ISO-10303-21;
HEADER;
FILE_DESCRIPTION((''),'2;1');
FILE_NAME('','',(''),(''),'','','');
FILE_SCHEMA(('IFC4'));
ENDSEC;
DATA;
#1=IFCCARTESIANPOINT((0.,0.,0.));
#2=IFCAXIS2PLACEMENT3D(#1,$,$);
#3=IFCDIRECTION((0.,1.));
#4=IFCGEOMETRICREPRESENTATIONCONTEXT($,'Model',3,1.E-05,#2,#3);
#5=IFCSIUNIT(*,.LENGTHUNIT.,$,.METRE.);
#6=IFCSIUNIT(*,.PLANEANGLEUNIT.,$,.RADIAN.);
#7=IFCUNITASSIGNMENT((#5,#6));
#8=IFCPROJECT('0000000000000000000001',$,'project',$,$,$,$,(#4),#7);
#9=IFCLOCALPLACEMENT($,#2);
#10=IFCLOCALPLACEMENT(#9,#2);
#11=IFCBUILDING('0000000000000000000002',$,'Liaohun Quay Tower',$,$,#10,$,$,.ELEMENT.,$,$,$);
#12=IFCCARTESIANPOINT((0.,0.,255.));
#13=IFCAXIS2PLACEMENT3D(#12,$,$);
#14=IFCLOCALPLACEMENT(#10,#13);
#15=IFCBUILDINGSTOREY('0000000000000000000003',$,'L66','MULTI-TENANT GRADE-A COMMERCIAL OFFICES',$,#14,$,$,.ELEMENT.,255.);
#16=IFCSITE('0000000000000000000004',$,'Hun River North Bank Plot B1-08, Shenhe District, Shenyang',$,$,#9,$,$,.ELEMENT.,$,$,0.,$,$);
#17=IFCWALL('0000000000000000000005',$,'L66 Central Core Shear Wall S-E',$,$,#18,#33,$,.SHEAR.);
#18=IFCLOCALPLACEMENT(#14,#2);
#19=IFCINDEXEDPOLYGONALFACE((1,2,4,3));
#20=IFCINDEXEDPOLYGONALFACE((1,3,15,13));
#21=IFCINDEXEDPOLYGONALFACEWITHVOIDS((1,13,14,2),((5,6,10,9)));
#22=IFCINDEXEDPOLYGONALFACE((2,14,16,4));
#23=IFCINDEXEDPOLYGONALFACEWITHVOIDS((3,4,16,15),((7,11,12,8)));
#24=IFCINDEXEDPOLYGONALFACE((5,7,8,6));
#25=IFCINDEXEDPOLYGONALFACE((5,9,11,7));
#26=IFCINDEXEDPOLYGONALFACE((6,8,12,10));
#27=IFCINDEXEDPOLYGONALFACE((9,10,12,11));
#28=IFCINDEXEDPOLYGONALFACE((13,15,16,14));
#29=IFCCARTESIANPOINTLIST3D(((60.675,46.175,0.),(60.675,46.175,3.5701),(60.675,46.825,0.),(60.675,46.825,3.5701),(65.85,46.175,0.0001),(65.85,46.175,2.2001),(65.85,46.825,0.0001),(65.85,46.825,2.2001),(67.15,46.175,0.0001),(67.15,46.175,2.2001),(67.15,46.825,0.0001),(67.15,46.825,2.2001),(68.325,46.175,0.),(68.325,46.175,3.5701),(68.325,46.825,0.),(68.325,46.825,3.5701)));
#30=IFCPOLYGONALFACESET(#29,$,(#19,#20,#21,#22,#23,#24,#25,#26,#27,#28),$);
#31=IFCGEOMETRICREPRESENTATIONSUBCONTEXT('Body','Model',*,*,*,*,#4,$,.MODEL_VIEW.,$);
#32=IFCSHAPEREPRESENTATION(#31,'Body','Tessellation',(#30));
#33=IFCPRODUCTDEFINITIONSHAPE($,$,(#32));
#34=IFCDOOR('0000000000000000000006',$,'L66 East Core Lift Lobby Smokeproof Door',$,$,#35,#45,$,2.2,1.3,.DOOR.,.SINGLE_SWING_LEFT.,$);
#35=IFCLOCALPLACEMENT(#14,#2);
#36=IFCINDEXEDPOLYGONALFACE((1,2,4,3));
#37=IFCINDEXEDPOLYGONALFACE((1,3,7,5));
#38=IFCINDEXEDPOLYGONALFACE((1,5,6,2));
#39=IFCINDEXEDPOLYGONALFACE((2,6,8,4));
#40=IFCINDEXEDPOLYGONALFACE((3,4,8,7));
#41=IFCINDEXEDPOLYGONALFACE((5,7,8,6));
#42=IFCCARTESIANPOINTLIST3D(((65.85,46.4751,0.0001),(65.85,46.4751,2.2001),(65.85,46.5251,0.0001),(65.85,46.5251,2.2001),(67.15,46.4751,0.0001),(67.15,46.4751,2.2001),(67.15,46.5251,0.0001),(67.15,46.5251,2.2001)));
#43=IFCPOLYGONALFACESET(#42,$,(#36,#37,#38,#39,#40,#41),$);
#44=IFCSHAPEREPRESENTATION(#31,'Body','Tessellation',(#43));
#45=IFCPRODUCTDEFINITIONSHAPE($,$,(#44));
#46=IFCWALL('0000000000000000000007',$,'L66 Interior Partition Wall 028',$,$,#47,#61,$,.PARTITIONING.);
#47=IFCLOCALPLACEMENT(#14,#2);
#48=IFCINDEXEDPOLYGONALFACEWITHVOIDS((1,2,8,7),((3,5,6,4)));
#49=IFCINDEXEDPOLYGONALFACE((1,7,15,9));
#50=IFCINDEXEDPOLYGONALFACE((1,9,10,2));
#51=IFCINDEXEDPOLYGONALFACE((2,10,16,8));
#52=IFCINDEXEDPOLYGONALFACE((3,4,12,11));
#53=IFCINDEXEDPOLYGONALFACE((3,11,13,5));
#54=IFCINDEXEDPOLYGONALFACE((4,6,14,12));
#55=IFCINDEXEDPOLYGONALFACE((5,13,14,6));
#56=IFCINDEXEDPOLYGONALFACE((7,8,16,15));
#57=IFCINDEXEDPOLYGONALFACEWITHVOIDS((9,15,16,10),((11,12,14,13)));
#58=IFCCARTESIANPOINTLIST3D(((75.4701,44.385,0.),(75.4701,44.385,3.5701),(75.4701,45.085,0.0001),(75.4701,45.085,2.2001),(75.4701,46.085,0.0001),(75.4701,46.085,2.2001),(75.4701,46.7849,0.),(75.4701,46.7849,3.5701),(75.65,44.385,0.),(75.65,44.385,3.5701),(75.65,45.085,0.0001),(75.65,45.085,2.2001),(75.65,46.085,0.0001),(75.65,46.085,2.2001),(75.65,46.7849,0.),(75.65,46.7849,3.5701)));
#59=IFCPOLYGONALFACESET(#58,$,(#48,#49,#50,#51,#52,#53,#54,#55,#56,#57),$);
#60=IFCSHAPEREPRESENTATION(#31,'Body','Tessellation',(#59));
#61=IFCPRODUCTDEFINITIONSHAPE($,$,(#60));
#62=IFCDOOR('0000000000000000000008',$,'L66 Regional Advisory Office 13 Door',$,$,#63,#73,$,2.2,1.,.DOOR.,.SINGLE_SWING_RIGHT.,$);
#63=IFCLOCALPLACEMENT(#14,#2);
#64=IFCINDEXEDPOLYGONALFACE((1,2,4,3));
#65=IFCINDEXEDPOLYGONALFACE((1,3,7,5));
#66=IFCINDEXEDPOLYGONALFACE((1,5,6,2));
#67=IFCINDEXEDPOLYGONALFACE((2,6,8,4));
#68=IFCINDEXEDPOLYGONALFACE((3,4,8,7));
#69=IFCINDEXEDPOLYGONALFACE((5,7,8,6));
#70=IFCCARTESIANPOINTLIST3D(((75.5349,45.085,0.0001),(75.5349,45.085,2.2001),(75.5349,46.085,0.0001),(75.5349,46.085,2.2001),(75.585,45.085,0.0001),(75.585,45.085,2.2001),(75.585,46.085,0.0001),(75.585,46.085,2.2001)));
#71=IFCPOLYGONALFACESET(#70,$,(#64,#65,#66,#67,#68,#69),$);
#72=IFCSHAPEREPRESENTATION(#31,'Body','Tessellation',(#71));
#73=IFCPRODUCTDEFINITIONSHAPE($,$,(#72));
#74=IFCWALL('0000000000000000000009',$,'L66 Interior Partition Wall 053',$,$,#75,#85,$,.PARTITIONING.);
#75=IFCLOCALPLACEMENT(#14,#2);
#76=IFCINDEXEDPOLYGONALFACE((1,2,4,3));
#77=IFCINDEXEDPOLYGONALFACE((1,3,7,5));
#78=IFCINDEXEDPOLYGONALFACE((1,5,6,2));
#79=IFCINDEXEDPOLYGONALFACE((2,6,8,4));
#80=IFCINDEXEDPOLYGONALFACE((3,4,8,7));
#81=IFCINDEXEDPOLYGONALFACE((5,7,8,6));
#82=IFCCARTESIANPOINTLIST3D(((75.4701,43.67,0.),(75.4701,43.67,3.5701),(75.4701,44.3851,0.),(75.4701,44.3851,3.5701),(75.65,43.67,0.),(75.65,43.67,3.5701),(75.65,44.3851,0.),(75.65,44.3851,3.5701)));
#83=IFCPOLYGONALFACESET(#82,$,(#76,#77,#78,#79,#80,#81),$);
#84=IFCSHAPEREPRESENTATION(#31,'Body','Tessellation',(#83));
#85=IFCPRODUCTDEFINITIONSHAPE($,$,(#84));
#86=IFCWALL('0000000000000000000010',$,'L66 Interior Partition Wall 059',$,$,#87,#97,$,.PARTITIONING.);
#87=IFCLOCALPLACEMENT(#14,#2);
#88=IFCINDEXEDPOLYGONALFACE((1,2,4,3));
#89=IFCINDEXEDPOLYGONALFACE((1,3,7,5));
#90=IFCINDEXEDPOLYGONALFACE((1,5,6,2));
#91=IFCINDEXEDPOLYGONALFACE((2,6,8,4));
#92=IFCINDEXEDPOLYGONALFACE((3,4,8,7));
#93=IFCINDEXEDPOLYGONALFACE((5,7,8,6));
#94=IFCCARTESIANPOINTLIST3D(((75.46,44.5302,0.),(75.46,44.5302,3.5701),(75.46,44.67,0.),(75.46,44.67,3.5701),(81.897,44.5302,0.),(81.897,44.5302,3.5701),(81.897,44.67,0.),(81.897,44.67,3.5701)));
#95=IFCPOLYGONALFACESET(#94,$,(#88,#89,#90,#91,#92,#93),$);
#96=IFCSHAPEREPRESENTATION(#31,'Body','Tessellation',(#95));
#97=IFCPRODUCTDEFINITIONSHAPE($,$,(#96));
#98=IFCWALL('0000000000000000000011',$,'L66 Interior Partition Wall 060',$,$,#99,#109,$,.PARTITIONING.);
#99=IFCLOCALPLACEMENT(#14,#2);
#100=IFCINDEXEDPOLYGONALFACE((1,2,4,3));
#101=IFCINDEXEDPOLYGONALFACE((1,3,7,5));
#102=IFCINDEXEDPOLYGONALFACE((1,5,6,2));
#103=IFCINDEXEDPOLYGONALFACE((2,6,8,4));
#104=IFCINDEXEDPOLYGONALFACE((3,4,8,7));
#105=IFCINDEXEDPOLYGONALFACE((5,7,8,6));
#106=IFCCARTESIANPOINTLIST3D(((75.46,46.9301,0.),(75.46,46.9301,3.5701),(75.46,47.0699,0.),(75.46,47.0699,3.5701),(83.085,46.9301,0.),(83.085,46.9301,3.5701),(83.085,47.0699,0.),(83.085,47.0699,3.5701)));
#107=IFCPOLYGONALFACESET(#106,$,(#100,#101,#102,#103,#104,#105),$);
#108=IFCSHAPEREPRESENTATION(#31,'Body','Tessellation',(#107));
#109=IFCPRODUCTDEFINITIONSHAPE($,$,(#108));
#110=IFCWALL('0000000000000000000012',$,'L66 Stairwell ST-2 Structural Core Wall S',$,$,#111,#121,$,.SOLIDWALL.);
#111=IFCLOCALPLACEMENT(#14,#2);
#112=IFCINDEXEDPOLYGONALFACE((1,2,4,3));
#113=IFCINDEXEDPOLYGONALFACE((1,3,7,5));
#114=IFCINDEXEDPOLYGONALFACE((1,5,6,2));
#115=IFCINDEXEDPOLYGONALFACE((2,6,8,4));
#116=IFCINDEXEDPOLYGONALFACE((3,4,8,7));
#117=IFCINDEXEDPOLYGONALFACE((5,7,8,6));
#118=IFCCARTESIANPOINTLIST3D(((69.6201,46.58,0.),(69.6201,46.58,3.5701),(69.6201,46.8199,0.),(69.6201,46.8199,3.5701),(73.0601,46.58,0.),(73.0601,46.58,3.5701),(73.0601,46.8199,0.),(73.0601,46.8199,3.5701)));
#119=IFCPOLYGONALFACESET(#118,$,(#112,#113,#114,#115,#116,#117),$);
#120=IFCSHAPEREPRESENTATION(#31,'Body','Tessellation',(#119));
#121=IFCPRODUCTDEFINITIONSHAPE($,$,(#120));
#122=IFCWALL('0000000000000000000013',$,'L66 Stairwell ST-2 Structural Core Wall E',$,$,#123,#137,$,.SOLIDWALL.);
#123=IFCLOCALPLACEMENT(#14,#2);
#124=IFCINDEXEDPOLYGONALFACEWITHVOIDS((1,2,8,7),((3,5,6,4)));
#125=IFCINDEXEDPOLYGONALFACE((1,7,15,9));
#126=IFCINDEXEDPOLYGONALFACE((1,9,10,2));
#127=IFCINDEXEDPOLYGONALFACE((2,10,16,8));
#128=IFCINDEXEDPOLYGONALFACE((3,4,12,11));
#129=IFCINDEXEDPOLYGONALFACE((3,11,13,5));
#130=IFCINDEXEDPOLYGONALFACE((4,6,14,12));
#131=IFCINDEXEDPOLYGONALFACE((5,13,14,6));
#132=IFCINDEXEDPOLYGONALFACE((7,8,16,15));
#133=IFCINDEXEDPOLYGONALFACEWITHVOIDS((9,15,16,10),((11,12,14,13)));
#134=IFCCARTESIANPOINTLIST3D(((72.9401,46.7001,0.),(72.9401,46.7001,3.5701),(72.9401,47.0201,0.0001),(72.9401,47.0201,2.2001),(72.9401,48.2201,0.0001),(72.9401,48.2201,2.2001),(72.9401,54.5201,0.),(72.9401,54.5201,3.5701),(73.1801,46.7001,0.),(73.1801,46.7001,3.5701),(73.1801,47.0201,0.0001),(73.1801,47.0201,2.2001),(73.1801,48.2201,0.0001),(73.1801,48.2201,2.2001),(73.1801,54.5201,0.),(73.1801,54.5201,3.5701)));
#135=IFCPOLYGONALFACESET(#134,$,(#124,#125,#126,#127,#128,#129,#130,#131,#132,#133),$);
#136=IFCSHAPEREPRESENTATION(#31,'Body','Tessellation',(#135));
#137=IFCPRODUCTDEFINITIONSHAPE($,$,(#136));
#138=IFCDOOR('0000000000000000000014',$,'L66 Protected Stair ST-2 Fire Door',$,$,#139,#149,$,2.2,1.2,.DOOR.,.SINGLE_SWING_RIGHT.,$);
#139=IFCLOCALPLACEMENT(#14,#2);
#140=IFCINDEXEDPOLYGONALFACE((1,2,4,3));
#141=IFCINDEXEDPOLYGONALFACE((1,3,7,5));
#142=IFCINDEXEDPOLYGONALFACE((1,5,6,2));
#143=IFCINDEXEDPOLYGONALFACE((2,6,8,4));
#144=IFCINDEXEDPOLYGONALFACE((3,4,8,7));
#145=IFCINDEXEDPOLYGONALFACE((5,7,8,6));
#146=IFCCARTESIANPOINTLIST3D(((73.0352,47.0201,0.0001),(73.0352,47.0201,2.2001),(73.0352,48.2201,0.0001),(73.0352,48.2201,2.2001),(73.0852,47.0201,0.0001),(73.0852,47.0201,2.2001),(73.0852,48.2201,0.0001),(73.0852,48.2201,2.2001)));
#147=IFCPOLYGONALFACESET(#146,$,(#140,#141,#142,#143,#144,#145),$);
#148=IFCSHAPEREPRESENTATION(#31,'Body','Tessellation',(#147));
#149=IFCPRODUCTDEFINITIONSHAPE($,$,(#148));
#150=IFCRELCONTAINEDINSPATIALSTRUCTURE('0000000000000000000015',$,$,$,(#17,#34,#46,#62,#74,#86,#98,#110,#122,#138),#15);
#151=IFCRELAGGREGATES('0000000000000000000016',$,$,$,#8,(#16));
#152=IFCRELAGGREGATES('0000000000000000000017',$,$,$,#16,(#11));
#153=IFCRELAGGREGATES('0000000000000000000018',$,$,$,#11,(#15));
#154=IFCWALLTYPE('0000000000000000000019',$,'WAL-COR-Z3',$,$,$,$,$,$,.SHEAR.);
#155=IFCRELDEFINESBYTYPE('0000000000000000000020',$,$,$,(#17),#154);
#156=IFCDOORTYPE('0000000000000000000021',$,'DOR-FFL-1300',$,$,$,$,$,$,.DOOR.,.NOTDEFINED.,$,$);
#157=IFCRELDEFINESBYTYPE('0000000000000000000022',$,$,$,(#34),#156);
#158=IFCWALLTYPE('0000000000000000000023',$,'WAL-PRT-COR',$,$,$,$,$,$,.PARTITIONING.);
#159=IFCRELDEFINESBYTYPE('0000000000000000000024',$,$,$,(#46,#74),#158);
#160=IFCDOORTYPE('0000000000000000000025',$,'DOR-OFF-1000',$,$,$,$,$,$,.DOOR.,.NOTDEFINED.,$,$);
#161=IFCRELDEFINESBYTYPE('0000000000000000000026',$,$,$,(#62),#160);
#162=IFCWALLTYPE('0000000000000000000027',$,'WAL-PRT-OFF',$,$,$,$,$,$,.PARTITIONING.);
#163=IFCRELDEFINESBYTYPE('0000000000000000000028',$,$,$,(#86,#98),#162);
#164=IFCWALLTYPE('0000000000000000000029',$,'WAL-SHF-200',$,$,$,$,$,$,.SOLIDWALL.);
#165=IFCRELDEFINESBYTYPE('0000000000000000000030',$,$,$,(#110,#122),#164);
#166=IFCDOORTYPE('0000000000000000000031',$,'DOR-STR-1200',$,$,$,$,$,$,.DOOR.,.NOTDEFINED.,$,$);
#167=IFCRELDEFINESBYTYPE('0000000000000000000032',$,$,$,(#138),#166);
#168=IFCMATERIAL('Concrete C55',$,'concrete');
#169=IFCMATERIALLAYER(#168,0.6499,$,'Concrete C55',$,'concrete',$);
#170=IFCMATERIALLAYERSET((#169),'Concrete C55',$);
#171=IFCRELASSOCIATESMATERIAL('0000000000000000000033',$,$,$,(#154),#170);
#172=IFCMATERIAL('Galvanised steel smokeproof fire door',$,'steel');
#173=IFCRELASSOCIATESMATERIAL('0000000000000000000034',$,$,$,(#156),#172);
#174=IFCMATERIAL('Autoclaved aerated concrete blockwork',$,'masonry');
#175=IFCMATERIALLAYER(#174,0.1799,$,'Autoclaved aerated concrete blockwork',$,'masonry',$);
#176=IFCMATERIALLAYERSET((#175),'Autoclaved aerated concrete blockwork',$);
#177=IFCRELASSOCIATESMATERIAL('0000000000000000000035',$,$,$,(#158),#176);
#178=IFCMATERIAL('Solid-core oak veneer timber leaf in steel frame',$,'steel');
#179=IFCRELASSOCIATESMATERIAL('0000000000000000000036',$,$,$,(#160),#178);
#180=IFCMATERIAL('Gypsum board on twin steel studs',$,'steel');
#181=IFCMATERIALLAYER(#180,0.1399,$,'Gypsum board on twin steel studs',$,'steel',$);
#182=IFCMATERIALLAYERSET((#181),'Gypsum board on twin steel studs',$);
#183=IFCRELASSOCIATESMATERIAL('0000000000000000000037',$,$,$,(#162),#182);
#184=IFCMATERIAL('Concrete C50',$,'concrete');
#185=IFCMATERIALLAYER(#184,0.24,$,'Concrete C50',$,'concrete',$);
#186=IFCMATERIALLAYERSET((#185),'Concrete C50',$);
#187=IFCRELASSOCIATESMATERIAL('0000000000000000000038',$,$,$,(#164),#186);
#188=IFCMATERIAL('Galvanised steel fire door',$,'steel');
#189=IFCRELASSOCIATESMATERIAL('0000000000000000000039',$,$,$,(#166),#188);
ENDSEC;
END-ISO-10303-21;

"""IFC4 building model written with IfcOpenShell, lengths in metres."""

from ifc_helpers import new_model, si_unit, direction, frame, frame_2d, origin, place, context, subcontext, project, spatial, rectangle, extrude, source, transform, mapped, material, layer, layer_set, type_object, element, fill, save


model = new_model("IFC4")

# Units and contexts
model_context = context("Model", 3, precision=1e-05, world=origin(), true_north=direction((0.0, 1.0)))
body_context = subcontext(model_context, "Body", "Model", "MODEL_VIEW")
ifc_project = project(units=[si_unit("LENGTHUNIT", "METRE"), si_unit("PLANEANGLEUNIT", "RADIAN")], contexts=[model_context])

# Site, building, storey
site_placement = place(None, origin())
site = spatial("IfcSite", under=ifc_project, at=site_placement, Name="Hun River North Bank Plot B1-08, Shenhe District, Shenyang", CompositionType="ELEMENT", RefElevation=0.0)
building_placement = place(site_placement, origin())
building = spatial("IfcBuilding", under=site, at=building_placement, Name="Liaohun Quay Tower", CompositionType="ELEMENT")
storey_placement = place(building_placement, frame((0.0, 0.0, 255.0)))
storey = spatial("IfcBuildingStorey", under=building, at=storey_placement, Name="L66", Description="MULTI-TENANT GRADE-A COMMERCIAL OFFICES", CompositionType="ELEMENT", Elevation=255.0)

# Shared definitions
ifc_material_1 = material(Name="Concrete C55", Category="concrete")

# Walls, openings, doors
ifc_layer_1 = layer(ifc_material_1, 0.6499, Name="Concrete C55", Category="concrete")
ifc_layer_set_1 = layer_set([ifc_layer_1], Name="Concrete C55")
wall_type_1 = type_object("IfcWallType", Name="WAL-COR-Z3", PredefinedType="SHEAR", material=ifc_layer_set_1)
wall_1_placement = place(storey_placement, frame((68.325, 46.5, 0.0), z_axis=(0.0, 0.0, 1.0), x_axis=(-1.0, 0.0, 0.0)))
wall_1 = element("IfcWall", 1, at=wall_1_placement, inside=storey, type_object=wall_type_1, Name="L66 Central Core Shear Wall S-E", PredefinedType="SHEAR", context=body_context, shape_type="SweptSolid", body=[
    extrude(rectangle(XDim=7.6499, YDim=0.6499, at=frame_2d((3.825, 0.0))), origin(), (0.0, 0.0, 1.0), 3.5701),
])
shared_shape_1 = source(origin(), body_context, "Body", "SweptSolid", [
    extrude(rectangle(XDim=1.3, YDim=2.2, at=frame_2d((0.6499, 1.1001))), frame((0.0, 0.335, 0.0), z_axis=(0.0, -1.0, 0.0), x_axis=(1.0, 0.0, 0.0)), (0.0, 0.0, 1.0), 0.6699),
])
opening_1_placement = place(wall_1_placement, frame((1.175, 0.0, 0.0)))
opening_1 = element("IfcOpeningElement", 2, at=opening_1_placement, cuts=wall_1, PredefinedType="OPENING", context=body_context, shape_type="MappedRepresentation", body=[
    mapped(shared_shape_1, transform((0.0, 0.0, 0.0), x_axis=(1.0, 0.0, 0.0), y_axis=(0.0, 1.0, 0.0), z_axis=(0.0, 0.0, 1.0), scale=1.0)),
])
ifc_material_2 = material(Name="Galvanised steel smokeproof fire door", Category="steel")
door_type_1 = type_object("IfcDoorType", Name="DOR-FFL-1300", OperationType="NOTDEFINED", PredefinedType="DOOR", material=ifc_material_2)
shared_shape_2 = source(origin(), body_context, "Body", "SweptSolid", [
    extrude(rectangle(XDim=1.3, YDim=2.2, at=frame_2d((0.6499, 1.1001))), frame((0.0, 0.0249, 0.0), z_axis=(0.0, -1.0, 0.0), x_axis=(1.0, 0.0, 0.0)), (0.0, 0.0, 1.0), 0.05),
])
door_1_placement = place(opening_1_placement, origin())
door_1 = element("IfcDoor", 3, at=door_1_placement, inside=storey, type_object=door_type_1, Name="L66 East Core Lift Lobby Smokeproof Door", OperationType="SINGLE_SWING_LEFT", OverallHeight=2.2, OverallWidth=1.3, PredefinedType="DOOR", context=body_context, shape_type="MappedRepresentation", body=[
    mapped(shared_shape_2, transform((0.0, 0.0, 0.0), x_axis=(1.0, 0.0, 0.0), y_axis=(0.0, 1.0, 0.0), z_axis=(0.0, 0.0, 1.0), scale=1.0)),
])
fill(opening_1, door_1)
ifc_material_3 = material(Name="Autoclaved aerated concrete blockwork", Category="masonry")
ifc_layer_2 = layer(ifc_material_3, 0.1799, Name="Autoclaved aerated concrete blockwork", Category="masonry")
ifc_layer_set_2 = layer_set([ifc_layer_2], Name="Autoclaved aerated concrete blockwork")
wall_type_2 = type_object("IfcWallType", Name="WAL-PRT-COR", PredefinedType="PARTITIONING", material=ifc_layer_set_2)
wall_2_placement = place(storey_placement, frame((75.5601, 46.7849, 0.0), z_axis=(0.0, 0.0, 1.0), x_axis=(0.0, -1.0, 0.0)))
wall_2 = element("IfcWall", 4, at=wall_2_placement, inside=storey, type_object=wall_type_2, Name="L66 Interior Partition Wall 028", PredefinedType="PARTITIONING", context=body_context, shape_type="SweptSolid", body=[
    extrude(rectangle(XDim=2.3999, YDim=0.1799, at=frame_2d((1.2, 0.0))), origin(), (0.0, 0.0, 1.0), 3.5701),
])
shared_shape_3 = source(origin(), body_context, "Body", "SweptSolid", [
    extrude(rectangle(XDim=1.0, YDim=2.2, at=frame_2d((0.5, 1.1001))), frame((0.0, 0.0999, 0.0), z_axis=(0.0, -1.0, 0.0), x_axis=(1.0, 0.0, 0.0)), (0.0, 0.0, 1.0), 0.2),
])
opening_2_placement = place(wall_2_placement, frame((0.7, 0.0, 0.0)))
opening_2 = element("IfcOpeningElement", 5, at=opening_2_placement, cuts=wall_2, PredefinedType="OPENING", context=body_context, shape_type="MappedRepresentation", body=[
    mapped(shared_shape_3, transform((0.0, 0.0, 0.0), x_axis=(1.0, 0.0, 0.0), y_axis=(0.0, 1.0, 0.0), z_axis=(0.0, 0.0, 1.0), scale=1.0)),
])
ifc_material_4 = material(Name="Solid-core oak veneer timber leaf in steel frame", Category="steel")
door_type_2 = type_object("IfcDoorType", Name="DOR-OFF-1000", OperationType="NOTDEFINED", PredefinedType="DOOR", material=ifc_material_4)
shared_shape_4 = source(origin(), body_context, "Body", "SweptSolid", [
    extrude(rectangle(XDim=1.0, YDim=2.2, at=frame_2d((0.5, 1.1001))), frame((0.0, 0.0249, 0.0), z_axis=(0.0, -1.0, 0.0), x_axis=(1.0, 0.0, 0.0)), (0.0, 0.0, 1.0), 0.05),
])
door_2_placement = place(opening_2_placement, origin())
door_2 = element("IfcDoor", 6, at=door_2_placement, inside=storey, type_object=door_type_2, Name="L66 Regional Advisory Office 13 Door", OperationType="SINGLE_SWING_RIGHT", OverallHeight=2.2, OverallWidth=1.0, PredefinedType="DOOR", context=body_context, shape_type="MappedRepresentation", body=[
    mapped(shared_shape_4, transform((0.0, 0.0, 0.0), x_axis=(1.0, 0.0, 0.0), y_axis=(0.0, 1.0, 0.0), z_axis=(0.0, 0.0, 1.0), scale=1.0)),
])
fill(opening_2, door_2)

# Walls
wall_3_placement = place(storey_placement, frame((75.5601, 44.385, 0.0), z_axis=(0.0, 0.0, 1.0), x_axis=(0.0, -1.0, 0.0)))
element("IfcWall", 7, at=wall_3_placement, inside=storey, type_object=wall_type_2, Name="L66 Interior Partition Wall 053", PredefinedType="PARTITIONING", context=body_context, shape_type="SweptSolid", body=[
    extrude(rectangle(XDim=0.7151, YDim=0.1799, at=frame_2d((0.3574, 0.0))), origin(), (0.0, 0.0, 1.0), 3.5701),
])
ifc_material_5 = material(Name="Gypsum board on twin steel studs", Category="steel")
ifc_layer_3 = layer(ifc_material_5, 0.1399, Name="Gypsum board on twin steel studs", Category="steel")
ifc_layer_set_3 = layer_set([ifc_layer_3], Name="Gypsum board on twin steel studs")
wall_type_3 = type_object("IfcWallType", Name="WAL-PRT-OFF", PredefinedType="PARTITIONING", material=ifc_layer_set_3)
wall_4_placement = place(storey_placement, frame((75.46, 44.6001, 0.0), z_axis=(0.0, 0.0, 1.0), x_axis=(1.0, 0.0, 0.0)))
element("IfcWall", 8, at=wall_4_placement, inside=storey, type_object=wall_type_3, Name="L66 Interior Partition Wall 059", PredefinedType="PARTITIONING", context=body_context, shape_type="SweptSolid", body=[
    extrude(rectangle(XDim=6.437, YDim=0.1399, at=frame_2d((3.2185, 0.0))), origin(), (0.0, 0.0, 1.0), 3.5701),
])
wall_5_placement = place(storey_placement, frame((75.46, 47.0, 0.0), z_axis=(0.0, 0.0, 1.0), x_axis=(1.0, 0.0, 0.0)))
element("IfcWall", 9, at=wall_5_placement, inside=storey, type_object=wall_type_3, Name="L66 Interior Partition Wall 060", PredefinedType="PARTITIONING", context=body_context, shape_type="SweptSolid", body=[
    extrude(rectangle(XDim=7.625, YDim=0.1399, at=frame_2d((3.8125, 0.0))), origin(), (0.0, 0.0, 1.0), 3.5701),
])
ifc_material_6 = material(Name="Concrete C50", Category="concrete")
ifc_layer_4 = layer(ifc_material_6, 0.24, Name="Concrete C50", Category="concrete")
ifc_layer_set_4 = layer_set([ifc_layer_4], Name="Concrete C50")
wall_type_4 = type_object("IfcWallType", Name="WAL-SHF-200", PredefinedType="SOLIDWALL", material=ifc_layer_set_4)
wall_6_placement = place(storey_placement, frame((69.6201, 46.7, 0.0), z_axis=(0.0, 0.0, 1.0), x_axis=(1.0, 0.0, 0.0)))
element("IfcWall", 10, at=wall_6_placement, inside=storey, type_object=wall_type_4, Name="L66 Stairwell ST-2 Structural Core Wall S", PredefinedType="SOLIDWALL", context=body_context, shape_type="SweptSolid", body=[
    extrude(rectangle(XDim=3.4399, YDim=0.24, at=frame_2d((1.72, 0.0))), origin(), (0.0, 0.0, 1.0), 3.5701),
])

# Wall, opening, door
wall_7_placement = place(storey_placement, frame((73.0601, 46.7, 0.0), z_axis=(0.0, 0.0, 1.0), x_axis=(0.0, 1.0, 0.0)))
wall_7 = element("IfcWall", 11, at=wall_7_placement, inside=storey, type_object=wall_type_4, Name="L66 Stairwell ST-2 Structural Core Wall E", PredefinedType="SOLIDWALL", context=body_context, shape_type="SweptSolid", body=[
    extrude(rectangle(XDim=7.8201, YDim=0.24, at=frame_2d((3.9102, 0.0))), origin(), (0.0, 0.0, 1.0), 3.5701),
])
shared_shape_5 = source(origin(), body_context, "Body", "SweptSolid", [
    extrude(rectangle(XDim=1.2, YDim=2.2, at=frame_2d((0.6001, 1.1001))), frame((0.0, 0.1299, 0.0), z_axis=(0.0, -1.0, 0.0), x_axis=(1.0, 0.0, 0.0)), (0.0, 0.0, 1.0), 0.26),
])
opening_3_placement = place(wall_7_placement, frame((0.3201, 0.0, 0.0)))
opening_3 = element("IfcOpeningElement", 12, at=opening_3_placement, cuts=wall_7, PredefinedType="OPENING", context=body_context, shape_type="MappedRepresentation", body=[
    mapped(shared_shape_5, transform((0.0, 0.0, 0.0), x_axis=(1.0, 0.0, 0.0), y_axis=(0.0, 1.0, 0.0), z_axis=(0.0, 0.0, 1.0), scale=1.0)),
])
ifc_material_7 = material(Name="Galvanised steel fire door", Category="steel")
door_type_3 = type_object("IfcDoorType", Name="DOR-STR-1200", OperationType="NOTDEFINED", PredefinedType="DOOR", material=ifc_material_7)
shared_shape_6 = source(origin(), body_context, "Body", "SweptSolid", [
    extrude(rectangle(XDim=1.2, YDim=2.2, at=frame_2d((0.6001, 1.1001))), frame((0.0, 0.0249, 0.0), z_axis=(0.0, -1.0, 0.0), x_axis=(1.0, 0.0, 0.0)), (0.0, 0.0, 1.0), 0.05),
])
door_3_placement = place(opening_3_placement, origin())
door_3 = element("IfcDoor", 13, at=door_3_placement, inside=storey, type_object=door_type_3, Name="L66 Protected Stair ST-2 Fire Door", OperationType="SINGLE_SWING_RIGHT", OverallHeight=2.2, OverallWidth=1.2, PredefinedType="DOOR", context=body_context, shape_type="MappedRepresentation", body=[
    mapped(shared_shape_6, transform((0.0, 0.0, 0.0), x_axis=(1.0, 0.0, 0.0), y_axis=(0.0, 1.0, 0.0), z_axis=(0.0, 0.0, 1.0), scale=1.0)),
])
fill(opening_3, door_3)

save(model, "model.ifc")
